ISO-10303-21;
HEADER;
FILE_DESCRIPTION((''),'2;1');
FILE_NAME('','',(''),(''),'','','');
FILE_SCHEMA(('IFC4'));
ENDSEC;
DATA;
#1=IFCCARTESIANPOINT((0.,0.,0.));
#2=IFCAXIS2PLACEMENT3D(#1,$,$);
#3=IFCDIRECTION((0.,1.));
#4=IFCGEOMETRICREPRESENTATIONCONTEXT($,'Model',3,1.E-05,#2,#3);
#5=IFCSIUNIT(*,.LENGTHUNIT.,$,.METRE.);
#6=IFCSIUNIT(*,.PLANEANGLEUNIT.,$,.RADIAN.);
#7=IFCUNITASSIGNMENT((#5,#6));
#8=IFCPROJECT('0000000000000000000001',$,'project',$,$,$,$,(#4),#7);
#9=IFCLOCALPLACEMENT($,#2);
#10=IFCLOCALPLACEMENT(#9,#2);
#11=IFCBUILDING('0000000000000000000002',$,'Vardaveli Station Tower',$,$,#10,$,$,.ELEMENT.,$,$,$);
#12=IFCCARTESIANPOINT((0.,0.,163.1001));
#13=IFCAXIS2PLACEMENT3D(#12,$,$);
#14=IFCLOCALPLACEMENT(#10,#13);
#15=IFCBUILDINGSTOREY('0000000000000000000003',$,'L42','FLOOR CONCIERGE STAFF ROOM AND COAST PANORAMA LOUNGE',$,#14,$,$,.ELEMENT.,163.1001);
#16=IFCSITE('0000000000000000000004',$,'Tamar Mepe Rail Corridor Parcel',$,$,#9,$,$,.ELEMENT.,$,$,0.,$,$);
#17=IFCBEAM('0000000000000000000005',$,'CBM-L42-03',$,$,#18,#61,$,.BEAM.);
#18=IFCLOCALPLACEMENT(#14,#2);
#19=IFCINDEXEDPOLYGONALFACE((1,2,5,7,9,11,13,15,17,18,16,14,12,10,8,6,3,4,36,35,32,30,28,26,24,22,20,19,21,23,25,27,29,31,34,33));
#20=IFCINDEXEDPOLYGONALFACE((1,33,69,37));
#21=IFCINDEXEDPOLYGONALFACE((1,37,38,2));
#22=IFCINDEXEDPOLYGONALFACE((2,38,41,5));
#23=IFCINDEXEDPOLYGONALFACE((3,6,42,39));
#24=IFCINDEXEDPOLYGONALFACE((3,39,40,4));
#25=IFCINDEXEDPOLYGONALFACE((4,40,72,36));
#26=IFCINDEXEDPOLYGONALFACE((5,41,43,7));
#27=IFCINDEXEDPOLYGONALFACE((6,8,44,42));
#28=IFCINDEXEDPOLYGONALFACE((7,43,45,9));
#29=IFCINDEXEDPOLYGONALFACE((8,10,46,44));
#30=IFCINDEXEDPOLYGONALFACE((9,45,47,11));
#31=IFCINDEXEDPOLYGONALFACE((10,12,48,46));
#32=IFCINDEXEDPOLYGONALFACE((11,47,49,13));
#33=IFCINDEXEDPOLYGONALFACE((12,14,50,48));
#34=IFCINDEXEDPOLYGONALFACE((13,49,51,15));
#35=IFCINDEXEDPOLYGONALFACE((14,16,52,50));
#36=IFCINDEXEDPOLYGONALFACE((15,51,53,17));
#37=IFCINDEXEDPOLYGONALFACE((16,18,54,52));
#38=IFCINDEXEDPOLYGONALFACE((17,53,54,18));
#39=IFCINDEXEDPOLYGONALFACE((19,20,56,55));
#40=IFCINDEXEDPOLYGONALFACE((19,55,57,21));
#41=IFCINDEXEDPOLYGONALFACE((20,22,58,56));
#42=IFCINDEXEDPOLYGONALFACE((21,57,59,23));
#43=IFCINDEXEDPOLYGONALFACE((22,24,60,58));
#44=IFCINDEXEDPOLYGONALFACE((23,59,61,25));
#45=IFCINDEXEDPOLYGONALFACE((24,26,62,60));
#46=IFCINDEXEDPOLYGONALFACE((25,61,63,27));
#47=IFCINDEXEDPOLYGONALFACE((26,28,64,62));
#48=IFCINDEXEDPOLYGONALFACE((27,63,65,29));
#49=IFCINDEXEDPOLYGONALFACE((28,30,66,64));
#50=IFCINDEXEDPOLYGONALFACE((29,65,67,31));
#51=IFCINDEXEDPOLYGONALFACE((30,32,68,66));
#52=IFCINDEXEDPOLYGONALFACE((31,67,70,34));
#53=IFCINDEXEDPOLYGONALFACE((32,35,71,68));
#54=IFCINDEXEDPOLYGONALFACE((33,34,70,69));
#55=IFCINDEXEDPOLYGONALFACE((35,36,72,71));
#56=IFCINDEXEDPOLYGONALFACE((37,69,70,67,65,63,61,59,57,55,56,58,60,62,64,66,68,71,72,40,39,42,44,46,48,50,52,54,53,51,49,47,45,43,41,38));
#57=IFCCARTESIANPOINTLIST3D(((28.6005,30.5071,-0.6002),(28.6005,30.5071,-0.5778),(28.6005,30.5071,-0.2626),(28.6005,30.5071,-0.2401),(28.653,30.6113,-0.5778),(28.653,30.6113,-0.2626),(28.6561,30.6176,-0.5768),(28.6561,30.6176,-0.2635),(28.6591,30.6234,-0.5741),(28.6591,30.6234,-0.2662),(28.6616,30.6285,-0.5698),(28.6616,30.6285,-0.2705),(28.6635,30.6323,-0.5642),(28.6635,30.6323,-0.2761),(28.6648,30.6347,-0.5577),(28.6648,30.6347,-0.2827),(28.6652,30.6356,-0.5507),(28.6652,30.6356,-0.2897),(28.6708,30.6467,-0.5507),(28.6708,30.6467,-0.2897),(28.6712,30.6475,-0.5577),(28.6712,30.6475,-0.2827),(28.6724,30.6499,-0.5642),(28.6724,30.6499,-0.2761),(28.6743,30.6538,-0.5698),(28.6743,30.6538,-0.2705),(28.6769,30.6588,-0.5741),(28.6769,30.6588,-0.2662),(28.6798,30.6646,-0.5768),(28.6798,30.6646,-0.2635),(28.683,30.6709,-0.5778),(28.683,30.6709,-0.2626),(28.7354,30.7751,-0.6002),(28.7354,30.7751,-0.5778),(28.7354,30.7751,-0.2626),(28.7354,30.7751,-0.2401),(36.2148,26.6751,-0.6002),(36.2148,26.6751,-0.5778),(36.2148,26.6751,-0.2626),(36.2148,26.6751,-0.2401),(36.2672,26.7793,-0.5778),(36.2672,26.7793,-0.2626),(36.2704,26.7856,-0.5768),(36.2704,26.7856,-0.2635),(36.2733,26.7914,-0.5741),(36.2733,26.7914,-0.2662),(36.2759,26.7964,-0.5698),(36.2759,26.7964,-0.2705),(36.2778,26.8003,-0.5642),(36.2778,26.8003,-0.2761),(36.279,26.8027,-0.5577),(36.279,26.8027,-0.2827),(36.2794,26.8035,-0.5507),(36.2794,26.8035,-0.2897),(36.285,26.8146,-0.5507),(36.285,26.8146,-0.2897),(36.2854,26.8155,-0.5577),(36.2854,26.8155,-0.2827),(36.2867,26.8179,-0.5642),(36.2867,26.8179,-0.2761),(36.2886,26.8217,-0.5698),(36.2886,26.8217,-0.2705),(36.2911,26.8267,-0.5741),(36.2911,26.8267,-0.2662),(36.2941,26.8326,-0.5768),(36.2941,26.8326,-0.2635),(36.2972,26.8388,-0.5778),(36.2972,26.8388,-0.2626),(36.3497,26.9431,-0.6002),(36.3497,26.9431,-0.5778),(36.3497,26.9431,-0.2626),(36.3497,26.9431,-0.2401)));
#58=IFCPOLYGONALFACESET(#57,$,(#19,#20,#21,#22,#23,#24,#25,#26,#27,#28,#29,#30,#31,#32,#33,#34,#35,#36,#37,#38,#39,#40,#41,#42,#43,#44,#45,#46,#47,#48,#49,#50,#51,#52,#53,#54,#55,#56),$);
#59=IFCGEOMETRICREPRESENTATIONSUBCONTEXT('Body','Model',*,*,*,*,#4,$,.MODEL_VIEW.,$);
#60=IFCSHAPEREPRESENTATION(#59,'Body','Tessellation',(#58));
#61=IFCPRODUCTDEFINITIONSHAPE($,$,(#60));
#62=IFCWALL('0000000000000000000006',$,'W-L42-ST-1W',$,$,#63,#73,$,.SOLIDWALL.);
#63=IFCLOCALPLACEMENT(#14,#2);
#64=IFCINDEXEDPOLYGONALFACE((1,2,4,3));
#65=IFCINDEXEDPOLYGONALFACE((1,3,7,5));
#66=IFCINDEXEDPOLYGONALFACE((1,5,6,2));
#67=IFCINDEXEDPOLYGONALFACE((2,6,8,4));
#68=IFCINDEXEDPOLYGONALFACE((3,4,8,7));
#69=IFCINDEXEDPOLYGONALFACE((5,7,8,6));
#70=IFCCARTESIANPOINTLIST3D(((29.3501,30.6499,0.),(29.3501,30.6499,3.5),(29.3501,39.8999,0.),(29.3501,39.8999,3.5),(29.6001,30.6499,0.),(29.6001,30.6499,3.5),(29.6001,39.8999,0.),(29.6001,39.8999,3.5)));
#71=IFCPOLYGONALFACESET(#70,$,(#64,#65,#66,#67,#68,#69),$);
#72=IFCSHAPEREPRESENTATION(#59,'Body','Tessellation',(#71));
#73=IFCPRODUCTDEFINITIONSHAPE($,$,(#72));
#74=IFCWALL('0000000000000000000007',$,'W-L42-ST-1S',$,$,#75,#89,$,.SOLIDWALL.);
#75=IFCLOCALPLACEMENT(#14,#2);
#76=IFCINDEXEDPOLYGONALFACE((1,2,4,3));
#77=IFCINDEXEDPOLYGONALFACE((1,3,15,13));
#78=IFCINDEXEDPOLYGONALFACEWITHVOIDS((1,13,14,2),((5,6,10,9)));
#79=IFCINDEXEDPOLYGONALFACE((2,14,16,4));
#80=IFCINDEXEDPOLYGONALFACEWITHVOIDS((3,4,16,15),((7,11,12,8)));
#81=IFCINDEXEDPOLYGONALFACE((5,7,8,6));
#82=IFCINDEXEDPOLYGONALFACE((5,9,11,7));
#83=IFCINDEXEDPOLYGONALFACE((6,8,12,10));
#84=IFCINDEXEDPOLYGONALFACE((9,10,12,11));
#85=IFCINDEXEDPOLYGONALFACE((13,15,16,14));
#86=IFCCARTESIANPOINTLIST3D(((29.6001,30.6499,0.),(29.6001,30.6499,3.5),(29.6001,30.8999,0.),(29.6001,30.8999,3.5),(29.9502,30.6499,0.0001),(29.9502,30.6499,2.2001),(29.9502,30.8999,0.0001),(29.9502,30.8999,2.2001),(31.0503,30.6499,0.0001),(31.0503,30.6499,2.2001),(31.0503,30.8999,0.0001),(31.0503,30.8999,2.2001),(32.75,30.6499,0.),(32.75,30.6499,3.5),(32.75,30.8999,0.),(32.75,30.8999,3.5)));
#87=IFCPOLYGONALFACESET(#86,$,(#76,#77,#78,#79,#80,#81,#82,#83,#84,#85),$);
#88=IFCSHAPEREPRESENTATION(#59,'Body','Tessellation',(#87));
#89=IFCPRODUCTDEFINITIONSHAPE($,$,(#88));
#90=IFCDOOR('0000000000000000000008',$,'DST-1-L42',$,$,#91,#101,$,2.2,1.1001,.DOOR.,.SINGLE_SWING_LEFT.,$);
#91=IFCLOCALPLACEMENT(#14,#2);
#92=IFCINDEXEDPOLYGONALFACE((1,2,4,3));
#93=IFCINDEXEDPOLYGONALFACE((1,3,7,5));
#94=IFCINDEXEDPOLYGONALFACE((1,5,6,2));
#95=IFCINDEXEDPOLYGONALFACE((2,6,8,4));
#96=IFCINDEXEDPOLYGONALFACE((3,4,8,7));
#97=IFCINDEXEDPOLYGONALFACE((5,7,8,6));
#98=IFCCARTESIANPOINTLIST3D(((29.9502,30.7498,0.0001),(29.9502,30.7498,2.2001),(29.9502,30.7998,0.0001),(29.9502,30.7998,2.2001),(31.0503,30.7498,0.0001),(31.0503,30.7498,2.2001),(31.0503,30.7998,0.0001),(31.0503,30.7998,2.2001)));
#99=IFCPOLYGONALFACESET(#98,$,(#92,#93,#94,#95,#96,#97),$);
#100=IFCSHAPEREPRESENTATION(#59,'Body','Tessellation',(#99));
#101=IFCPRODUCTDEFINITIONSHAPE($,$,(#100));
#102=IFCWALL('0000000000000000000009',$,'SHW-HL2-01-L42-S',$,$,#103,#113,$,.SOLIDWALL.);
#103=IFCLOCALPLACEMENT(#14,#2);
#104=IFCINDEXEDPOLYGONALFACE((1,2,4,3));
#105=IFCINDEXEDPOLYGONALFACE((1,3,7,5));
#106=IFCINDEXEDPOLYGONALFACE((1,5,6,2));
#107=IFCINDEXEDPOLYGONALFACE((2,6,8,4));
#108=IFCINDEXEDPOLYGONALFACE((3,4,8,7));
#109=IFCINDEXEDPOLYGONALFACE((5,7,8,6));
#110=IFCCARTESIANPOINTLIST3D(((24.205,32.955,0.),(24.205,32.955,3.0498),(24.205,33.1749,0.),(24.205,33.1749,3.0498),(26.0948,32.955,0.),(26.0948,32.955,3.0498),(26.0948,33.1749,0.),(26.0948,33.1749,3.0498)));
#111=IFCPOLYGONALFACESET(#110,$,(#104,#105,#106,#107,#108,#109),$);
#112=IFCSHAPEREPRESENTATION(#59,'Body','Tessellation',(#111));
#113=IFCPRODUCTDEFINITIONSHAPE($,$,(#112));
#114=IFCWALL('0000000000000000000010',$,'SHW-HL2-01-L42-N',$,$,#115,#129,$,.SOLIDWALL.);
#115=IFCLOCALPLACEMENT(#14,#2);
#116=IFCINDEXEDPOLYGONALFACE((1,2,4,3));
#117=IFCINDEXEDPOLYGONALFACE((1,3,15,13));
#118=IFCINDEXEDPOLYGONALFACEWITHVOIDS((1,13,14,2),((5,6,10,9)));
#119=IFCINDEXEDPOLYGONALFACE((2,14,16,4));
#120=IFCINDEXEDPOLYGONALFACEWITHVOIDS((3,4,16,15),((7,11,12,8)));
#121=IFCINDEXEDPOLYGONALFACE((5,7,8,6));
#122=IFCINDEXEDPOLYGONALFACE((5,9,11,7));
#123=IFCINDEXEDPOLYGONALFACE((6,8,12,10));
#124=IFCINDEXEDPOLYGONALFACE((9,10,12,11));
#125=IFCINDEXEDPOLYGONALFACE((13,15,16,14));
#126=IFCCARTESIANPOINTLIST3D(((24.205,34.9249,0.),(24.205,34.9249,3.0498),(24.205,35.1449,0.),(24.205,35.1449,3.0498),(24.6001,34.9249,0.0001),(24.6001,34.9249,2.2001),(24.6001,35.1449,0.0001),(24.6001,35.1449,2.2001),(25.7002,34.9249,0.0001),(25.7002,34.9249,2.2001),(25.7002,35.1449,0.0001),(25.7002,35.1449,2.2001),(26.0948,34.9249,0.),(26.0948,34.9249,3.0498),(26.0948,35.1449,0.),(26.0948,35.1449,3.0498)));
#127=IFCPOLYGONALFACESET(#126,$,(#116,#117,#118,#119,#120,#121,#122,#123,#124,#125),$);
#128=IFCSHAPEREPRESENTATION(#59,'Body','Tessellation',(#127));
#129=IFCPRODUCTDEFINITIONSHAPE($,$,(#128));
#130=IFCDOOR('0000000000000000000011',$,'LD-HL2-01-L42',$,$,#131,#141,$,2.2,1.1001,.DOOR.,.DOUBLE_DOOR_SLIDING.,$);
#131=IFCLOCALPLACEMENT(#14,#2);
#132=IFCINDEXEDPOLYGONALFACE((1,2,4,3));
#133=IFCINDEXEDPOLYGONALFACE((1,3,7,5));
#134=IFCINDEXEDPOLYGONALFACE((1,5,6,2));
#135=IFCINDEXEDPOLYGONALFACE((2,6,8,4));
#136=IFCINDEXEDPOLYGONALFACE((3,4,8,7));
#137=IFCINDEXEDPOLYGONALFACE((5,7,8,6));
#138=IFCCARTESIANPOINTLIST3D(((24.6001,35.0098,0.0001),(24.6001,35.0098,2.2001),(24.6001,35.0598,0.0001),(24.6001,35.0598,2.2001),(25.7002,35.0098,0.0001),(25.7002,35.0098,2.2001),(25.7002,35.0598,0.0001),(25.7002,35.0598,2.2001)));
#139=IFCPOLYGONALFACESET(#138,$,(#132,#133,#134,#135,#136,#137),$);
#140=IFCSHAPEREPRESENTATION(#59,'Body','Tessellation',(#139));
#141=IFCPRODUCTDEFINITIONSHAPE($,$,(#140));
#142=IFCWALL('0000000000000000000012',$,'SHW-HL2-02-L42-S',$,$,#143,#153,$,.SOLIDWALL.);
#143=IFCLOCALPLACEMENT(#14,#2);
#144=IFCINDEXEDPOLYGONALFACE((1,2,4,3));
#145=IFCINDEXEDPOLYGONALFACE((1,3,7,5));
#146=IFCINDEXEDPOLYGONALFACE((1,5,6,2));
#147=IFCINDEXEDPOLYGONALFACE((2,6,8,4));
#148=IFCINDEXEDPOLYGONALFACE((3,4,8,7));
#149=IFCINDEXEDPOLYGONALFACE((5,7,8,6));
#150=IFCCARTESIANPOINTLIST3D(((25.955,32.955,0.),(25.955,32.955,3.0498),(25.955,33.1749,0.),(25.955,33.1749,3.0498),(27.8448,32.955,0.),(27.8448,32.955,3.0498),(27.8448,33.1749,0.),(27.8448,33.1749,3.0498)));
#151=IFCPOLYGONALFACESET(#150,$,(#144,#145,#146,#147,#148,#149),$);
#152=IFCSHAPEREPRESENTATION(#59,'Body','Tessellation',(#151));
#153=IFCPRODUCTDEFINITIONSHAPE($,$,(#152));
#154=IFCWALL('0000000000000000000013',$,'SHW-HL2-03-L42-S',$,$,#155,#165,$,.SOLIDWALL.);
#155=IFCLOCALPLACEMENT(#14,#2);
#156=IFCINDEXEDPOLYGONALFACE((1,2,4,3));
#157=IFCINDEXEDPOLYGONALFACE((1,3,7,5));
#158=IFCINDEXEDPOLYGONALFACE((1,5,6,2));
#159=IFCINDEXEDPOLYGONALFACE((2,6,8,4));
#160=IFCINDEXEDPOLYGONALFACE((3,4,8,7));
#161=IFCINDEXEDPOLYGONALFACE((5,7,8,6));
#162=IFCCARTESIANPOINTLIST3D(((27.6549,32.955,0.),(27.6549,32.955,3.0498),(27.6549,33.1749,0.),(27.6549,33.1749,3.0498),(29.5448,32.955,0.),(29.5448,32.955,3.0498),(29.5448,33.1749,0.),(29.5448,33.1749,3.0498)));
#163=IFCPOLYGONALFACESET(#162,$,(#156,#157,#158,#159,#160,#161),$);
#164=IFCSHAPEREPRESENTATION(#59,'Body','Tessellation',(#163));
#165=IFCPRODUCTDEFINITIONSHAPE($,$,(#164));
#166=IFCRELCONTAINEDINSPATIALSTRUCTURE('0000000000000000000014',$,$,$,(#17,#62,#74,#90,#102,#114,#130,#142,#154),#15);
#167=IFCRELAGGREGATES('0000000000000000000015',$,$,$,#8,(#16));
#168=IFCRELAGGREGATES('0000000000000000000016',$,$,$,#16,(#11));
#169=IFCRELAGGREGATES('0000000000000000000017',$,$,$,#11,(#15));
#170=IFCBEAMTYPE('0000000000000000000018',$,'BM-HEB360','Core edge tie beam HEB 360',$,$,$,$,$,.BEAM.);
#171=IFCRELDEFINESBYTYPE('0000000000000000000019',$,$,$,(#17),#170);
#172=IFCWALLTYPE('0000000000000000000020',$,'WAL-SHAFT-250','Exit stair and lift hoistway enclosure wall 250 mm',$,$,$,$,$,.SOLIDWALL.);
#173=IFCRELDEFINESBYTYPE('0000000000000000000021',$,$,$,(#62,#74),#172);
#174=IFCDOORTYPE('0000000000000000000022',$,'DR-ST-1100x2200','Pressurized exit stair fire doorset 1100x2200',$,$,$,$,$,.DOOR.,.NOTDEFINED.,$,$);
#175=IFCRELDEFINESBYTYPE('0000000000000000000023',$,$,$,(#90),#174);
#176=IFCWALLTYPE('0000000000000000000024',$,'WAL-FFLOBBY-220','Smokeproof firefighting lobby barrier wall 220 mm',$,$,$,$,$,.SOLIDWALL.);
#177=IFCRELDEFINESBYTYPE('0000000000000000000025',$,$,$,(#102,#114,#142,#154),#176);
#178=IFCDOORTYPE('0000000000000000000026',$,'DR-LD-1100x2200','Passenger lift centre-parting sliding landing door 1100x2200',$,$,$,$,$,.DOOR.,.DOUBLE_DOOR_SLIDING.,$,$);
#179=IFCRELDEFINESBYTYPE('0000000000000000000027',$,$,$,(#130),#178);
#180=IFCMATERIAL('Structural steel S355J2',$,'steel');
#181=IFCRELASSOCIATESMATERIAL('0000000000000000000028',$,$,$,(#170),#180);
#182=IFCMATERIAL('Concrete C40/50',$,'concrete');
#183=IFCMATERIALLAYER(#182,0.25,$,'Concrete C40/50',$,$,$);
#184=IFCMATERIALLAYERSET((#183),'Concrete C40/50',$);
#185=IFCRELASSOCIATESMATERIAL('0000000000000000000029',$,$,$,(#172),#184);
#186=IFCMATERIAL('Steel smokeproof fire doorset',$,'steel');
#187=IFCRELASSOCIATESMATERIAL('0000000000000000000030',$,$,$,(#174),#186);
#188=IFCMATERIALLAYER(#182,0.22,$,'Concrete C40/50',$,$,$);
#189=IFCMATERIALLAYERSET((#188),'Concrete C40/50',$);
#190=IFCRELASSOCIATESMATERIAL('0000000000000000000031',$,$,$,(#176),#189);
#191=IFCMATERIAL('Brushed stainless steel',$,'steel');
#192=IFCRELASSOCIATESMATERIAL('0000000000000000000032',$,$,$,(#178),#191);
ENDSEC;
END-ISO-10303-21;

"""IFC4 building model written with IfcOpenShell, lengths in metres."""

from ifc_helpers import new_model, si_unit, direction, frame, frame_2d, origin, origin_2d, place, context, subcontext, project, spatial, rectangle, i_section, extrude, source, transform, mapped, material, layer, layer_set, material_profile, profile_set, type_object, element, fill, save


model = new_model("IFC4")

# Units and contexts
model_context = context("Model", 3, precision=1e-05, world=origin(), true_north=direction((0.0, 1.0)))
body_context = subcontext(model_context, "Body", "Model", "MODEL_VIEW")
ifc_project = project(units=[si_unit("LENGTHUNIT", "METRE"), si_unit("PLANEANGLEUNIT", "RADIAN")], contexts=[model_context])

# Site, building, storey
site_placement = place(None, origin())
site = spatial("IfcSite", under=ifc_project, at=site_placement, Name="Tamar Mepe Rail Corridor Parcel", CompositionType="ELEMENT", RefElevation=0.0)
building_placement = place(site_placement, origin())
building = spatial("IfcBuilding", under=site, at=building_placement, Name="Vardaveli Station Tower", CompositionType="ELEMENT")
storey_placement = place(building_placement, frame((0.0, 0.0, 163.1001)))
storey = spatial("IfcBuildingStorey", under=building, at=storey_placement, Name="L42", Description="FLOOR CONCIERGE STAFF ROOM AND COAST PANORAMA LOUNGE", CompositionType="ELEMENT", Elevation=163.1001)

# Beam
ifc_material_1 = material(Name="Structural steel S355J2", Category="steel")
ifc_material_profile_1 = material_profile(ifc_material_1, i_section(OverallWidth=0.3, OverallDepth=0.3601, WebThickness=0.0125, FlangeThickness=0.0225, FilletRadius=0.0271, at=origin_2d()), Name="HEB 360")
ifc_profile_set_1 = profile_set([ifc_material_profile_1], Name="Structural steel S355J2")
beam_type_1 = type_object("IfcBeamType", Name="BM-HEB360", Description="Core edge tie beam HEB 360", PredefinedType="BEAM", material=ifc_profile_set_1)
shared_shape_1 = source(origin(), body_context, "Body", "SweptSolid", [
    extrude(i_section(OverallWidth=0.3, OverallDepth=0.3601, WebThickness=0.0125, FlangeThickness=0.0225, FilletRadius=0.0271, at=origin_2d()), origin(), (0.0, 0.0, 1.0), 8.5242),
])
beam_1_placement = place(storey_placement, frame((28.668, 30.6411, -0.4202), z_axis=(0.893256, -0.449549, 0.0), x_axis=(0.449549, 0.893256, 0.0)))
element("IfcBeam", 1, at=beam_1_placement, inside=storey, type_object=beam_type_1, Name="CBM-L42-03", PredefinedType="BEAM", context=body_context, shape_type="MappedRepresentation", body=[
    mapped(shared_shape_1, transform((0.0, 0.0, 0.0), scale=1.0)),
])

# Wall
ifc_material_2 = material(Name="Concrete C40/50", Category="concrete")
ifc_layer_1 = layer(ifc_material_2, 0.25, Name="Concrete C40/50")
ifc_layer_set_1 = layer_set([ifc_layer_1], Name="Concrete C40/50")
wall_type_1 = type_object("IfcWallType", Name="WAL-SHAFT-250", Description="Exit stair and lift hoistway enclosure wall 250 mm", PredefinedType="SOLIDWALL", material=ifc_layer_set_1)
shared_shape_2 = source(origin(), body_context, "Body", "SweptSolid", [
    extrude(rectangle(XDim=9.25, YDim=0.25, at=frame_2d((4.625, 0.0))), origin(), (0.0, 0.0, 1.0), 3.5),
])
wall_1_placement = place(storey_placement, frame((29.4751, 30.6499, 0.0), z_axis=(0.0, 0.0, 1.0), x_axis=(0.0, 1.0, 0.0)))
element("IfcWall", 2, at=wall_1_placement, inside=storey, type_object=wall_type_1, Name="W-L42-ST-1W", PredefinedType="SOLIDWALL", context=body_context, shape_type="MappedRepresentation", body=[
    mapped(shared_shape_2, transform((0.0, 0.0, 0.0), scale=1.0)),
])

# Wall, opening, door
shared_shape_3 = source(origin(), body_context, "Body", "SweptSolid", [
    extrude(rectangle(XDim=3.1499, YDim=0.25, at=frame_2d((1.575, 0.0))), origin(), (0.0, 0.0, 1.0), 3.5),
])
wall_2_placement = place(storey_placement, frame((29.6001, 30.7749, 0.0), z_axis=(0.0, 0.0, 1.0), x_axis=(1.0, 0.0, 0.0)))
wall_2 = element("IfcWall", 3, at=wall_2_placement, inside=storey, type_object=wall_type_1, Name="W-L42-ST-1S", PredefinedType="SOLIDWALL", context=body_context, shape_type="MappedRepresentation", body=[
    mapped(shared_shape_3, transform((0.0, 0.0, 0.0), scale=1.0)),
])
shared_shape_4 = source(origin(), body_context, "Body", "SweptSolid", [
    extrude(rectangle(XDim=1.1001, YDim=2.2, at=frame_2d((0.55, 1.1001))), frame((0.0, 0.135, 0.0), z_axis=(0.0, -1.0, 0.0), x_axis=(1.0, 0.0, 0.0)), (0.0, 0.0, 1.0), 0.27),
])
opening_1_placement = place(wall_2_placement, frame((0.3501, 0.0, 0.0)))
opening_1 = element("IfcOpeningElement", 4, at=opening_1_placement, cuts=wall_2, PredefinedType="OPENING", context=body_context, shape_type="MappedRepresentation", body=[
    mapped(shared_shape_4, transform((0.0, 0.0, 0.0), scale=1.0)),
])
ifc_material_3 = material(Name="Steel smokeproof fire doorset", Category="steel")
door_type_1 = type_object("IfcDoorType", Name="DR-ST-1100x2200", Description="Pressurized exit stair fire doorset 1100x2200", OperationType="NOTDEFINED", PredefinedType="DOOR", material=ifc_material_3)
shared_shape_5 = source(origin(), body_context, "Body", "SweptSolid", [
    extrude(rectangle(XDim=1.1001, YDim=2.2, at=frame_2d((0.55, 1.1001))), frame((0.0, 0.0249, 0.0), z_axis=(0.0, -1.0, 0.0), x_axis=(1.0, 0.0, 0.0)), (0.0, 0.0, 1.0), 0.05),
])
door_1_placement = place(opening_1_placement, origin())
door_1 = element("IfcDoor", 5, at=door_1_placement, inside=storey, type_object=door_type_1, Name="DST-1-L42", OperationType="SINGLE_SWING_LEFT", OverallHeight=2.2, OverallWidth=1.1001, PredefinedType="DOOR", context=body_context, shape_type="MappedRepresentation", body=[
    mapped(shared_shape_5, transform((0.0, 0.0, 0.0), scale=1.0)),
])
fill(opening_1, door_1)

# Wall
ifc_layer_2 = layer(ifc_material_2, 0.22, Name="Concrete C40/50")
ifc_layer_set_2 = layer_set([ifc_layer_2], Name="Concrete C40/50")
wall_type_2 = type_object("IfcWallType", Name="WAL-FFLOBBY-220", Description="Smokeproof firefighting lobby barrier wall 220 mm", PredefinedType="SOLIDWALL", material=ifc_layer_set_2)
shared_shape_6 = source(origin(), body_context, "Body", "SweptSolid", [
    extrude(rectangle(XDim=1.8899, YDim=0.22, at=frame_2d((0.9448, 0.0))), origin(), (0.0, 0.0, 1.0), 3.0498),
])
wall_3_placement = place(storey_placement, frame((24.2051, 33.0649, 0.0), z_axis=(0.0, 0.0, 1.0), x_axis=(1.0, 0.0, 0.0)))
element("IfcWall", 6, at=wall_3_placement, inside=storey, type_object=wall_type_2, Name="SHW-HL2-01-L42-S", PredefinedType="SOLIDWALL", context=body_context, shape_type="MappedRepresentation", body=[
    mapped(shared_shape_6, transform((0.0, 0.0, 0.0), scale=1.0)),
])

# Wall, opening, door
wall_4_placement = place(storey_placement, frame((24.2051, 35.0349, 0.0), z_axis=(0.0, 0.0, 1.0), x_axis=(1.0, 0.0, 0.0)))
wall_4 = element("IfcWall", 7, at=wall_4_placement, inside=storey, type_object=wall_type_2, Name="SHW-HL2-01-L42-N", PredefinedType="SOLIDWALL", context=body_context, shape_type="MappedRepresentation", body=[
    mapped(shared_shape_6, transform((0.0, 0.0, 0.0), scale=1.0)),
])
shared_shape_7 = source(origin(), body_context, "Body", "SweptSolid", [
    extrude(rectangle(XDim=1.1001, YDim=2.2, at=frame_2d((0.55, 1.1001))), frame((0.0, 0.1201, 0.0), z_axis=(0.0, -1.0, 0.0), x_axis=(1.0, 0.0, 0.0)), (0.0, 0.0, 1.0), 0.24),
])
opening_2_placement = place(wall_4_placement, frame((0.395, 0.0, 0.0)))
opening_2 = element("IfcOpeningElement", 8, at=opening_2_placement, cuts=wall_4, PredefinedType="OPENING", context=body_context, shape_type="MappedRepresentation", body=[
    mapped(shared_shape_7, transform((0.0, 0.0, 0.0), scale=1.0)),
])
ifc_material_4 = material(Name="Brushed stainless steel", Category="steel")
door_type_2 = type_object("IfcDoorType", Name="DR-LD-1100x2200", Description="Passenger lift centre-parting sliding landing door 1100x2200", OperationType="DOUBLE_DOOR_SLIDING", PredefinedType="DOOR", material=ifc_material_4)
door_2_placement = place(opening_2_placement, origin())
door_2 = element("IfcDoor", 9, at=door_2_placement, inside=storey, type_object=door_type_2, Name="LD-HL2-01-L42", OperationType="DOUBLE_DOOR_SLIDING", OverallHeight=2.2, OverallWidth=1.1001, PredefinedType="DOOR", context=body_context, shape_type="MappedRepresentation", body=[
    mapped(shared_shape_5, transform((0.0, 0.0, 0.0), scale=1.0)),
])
fill(opening_2, door_2)

# Walls
for number, where, z_axis, x_axis, name in (
    (10, (25.9551, 33.0649, 0.0), (0.0, 0.0, 1.0), (1.0, 0.0, 0.0), "SHW-HL2-02-L42-S"),
    (11, (27.655, 33.0649, 0.0), (0.0, 0.0, 1.0), (1.0, 0.0, 0.0), "SHW-HL2-03-L42-S"),
):
    element("IfcWall", number, at=place(storey_placement, frame(where, z_axis=z_axis, x_axis=x_axis)), inside=storey, type_object=wall_type_2, Name=name, PredefinedType="SOLIDWALL", context=body_context, shape_type="MappedRepresentation", body=[
        mapped(shared_shape_6, transform((0.0, 0.0, 0.0), scale=1.0)),
    ])

save(model, "model.ifc")
